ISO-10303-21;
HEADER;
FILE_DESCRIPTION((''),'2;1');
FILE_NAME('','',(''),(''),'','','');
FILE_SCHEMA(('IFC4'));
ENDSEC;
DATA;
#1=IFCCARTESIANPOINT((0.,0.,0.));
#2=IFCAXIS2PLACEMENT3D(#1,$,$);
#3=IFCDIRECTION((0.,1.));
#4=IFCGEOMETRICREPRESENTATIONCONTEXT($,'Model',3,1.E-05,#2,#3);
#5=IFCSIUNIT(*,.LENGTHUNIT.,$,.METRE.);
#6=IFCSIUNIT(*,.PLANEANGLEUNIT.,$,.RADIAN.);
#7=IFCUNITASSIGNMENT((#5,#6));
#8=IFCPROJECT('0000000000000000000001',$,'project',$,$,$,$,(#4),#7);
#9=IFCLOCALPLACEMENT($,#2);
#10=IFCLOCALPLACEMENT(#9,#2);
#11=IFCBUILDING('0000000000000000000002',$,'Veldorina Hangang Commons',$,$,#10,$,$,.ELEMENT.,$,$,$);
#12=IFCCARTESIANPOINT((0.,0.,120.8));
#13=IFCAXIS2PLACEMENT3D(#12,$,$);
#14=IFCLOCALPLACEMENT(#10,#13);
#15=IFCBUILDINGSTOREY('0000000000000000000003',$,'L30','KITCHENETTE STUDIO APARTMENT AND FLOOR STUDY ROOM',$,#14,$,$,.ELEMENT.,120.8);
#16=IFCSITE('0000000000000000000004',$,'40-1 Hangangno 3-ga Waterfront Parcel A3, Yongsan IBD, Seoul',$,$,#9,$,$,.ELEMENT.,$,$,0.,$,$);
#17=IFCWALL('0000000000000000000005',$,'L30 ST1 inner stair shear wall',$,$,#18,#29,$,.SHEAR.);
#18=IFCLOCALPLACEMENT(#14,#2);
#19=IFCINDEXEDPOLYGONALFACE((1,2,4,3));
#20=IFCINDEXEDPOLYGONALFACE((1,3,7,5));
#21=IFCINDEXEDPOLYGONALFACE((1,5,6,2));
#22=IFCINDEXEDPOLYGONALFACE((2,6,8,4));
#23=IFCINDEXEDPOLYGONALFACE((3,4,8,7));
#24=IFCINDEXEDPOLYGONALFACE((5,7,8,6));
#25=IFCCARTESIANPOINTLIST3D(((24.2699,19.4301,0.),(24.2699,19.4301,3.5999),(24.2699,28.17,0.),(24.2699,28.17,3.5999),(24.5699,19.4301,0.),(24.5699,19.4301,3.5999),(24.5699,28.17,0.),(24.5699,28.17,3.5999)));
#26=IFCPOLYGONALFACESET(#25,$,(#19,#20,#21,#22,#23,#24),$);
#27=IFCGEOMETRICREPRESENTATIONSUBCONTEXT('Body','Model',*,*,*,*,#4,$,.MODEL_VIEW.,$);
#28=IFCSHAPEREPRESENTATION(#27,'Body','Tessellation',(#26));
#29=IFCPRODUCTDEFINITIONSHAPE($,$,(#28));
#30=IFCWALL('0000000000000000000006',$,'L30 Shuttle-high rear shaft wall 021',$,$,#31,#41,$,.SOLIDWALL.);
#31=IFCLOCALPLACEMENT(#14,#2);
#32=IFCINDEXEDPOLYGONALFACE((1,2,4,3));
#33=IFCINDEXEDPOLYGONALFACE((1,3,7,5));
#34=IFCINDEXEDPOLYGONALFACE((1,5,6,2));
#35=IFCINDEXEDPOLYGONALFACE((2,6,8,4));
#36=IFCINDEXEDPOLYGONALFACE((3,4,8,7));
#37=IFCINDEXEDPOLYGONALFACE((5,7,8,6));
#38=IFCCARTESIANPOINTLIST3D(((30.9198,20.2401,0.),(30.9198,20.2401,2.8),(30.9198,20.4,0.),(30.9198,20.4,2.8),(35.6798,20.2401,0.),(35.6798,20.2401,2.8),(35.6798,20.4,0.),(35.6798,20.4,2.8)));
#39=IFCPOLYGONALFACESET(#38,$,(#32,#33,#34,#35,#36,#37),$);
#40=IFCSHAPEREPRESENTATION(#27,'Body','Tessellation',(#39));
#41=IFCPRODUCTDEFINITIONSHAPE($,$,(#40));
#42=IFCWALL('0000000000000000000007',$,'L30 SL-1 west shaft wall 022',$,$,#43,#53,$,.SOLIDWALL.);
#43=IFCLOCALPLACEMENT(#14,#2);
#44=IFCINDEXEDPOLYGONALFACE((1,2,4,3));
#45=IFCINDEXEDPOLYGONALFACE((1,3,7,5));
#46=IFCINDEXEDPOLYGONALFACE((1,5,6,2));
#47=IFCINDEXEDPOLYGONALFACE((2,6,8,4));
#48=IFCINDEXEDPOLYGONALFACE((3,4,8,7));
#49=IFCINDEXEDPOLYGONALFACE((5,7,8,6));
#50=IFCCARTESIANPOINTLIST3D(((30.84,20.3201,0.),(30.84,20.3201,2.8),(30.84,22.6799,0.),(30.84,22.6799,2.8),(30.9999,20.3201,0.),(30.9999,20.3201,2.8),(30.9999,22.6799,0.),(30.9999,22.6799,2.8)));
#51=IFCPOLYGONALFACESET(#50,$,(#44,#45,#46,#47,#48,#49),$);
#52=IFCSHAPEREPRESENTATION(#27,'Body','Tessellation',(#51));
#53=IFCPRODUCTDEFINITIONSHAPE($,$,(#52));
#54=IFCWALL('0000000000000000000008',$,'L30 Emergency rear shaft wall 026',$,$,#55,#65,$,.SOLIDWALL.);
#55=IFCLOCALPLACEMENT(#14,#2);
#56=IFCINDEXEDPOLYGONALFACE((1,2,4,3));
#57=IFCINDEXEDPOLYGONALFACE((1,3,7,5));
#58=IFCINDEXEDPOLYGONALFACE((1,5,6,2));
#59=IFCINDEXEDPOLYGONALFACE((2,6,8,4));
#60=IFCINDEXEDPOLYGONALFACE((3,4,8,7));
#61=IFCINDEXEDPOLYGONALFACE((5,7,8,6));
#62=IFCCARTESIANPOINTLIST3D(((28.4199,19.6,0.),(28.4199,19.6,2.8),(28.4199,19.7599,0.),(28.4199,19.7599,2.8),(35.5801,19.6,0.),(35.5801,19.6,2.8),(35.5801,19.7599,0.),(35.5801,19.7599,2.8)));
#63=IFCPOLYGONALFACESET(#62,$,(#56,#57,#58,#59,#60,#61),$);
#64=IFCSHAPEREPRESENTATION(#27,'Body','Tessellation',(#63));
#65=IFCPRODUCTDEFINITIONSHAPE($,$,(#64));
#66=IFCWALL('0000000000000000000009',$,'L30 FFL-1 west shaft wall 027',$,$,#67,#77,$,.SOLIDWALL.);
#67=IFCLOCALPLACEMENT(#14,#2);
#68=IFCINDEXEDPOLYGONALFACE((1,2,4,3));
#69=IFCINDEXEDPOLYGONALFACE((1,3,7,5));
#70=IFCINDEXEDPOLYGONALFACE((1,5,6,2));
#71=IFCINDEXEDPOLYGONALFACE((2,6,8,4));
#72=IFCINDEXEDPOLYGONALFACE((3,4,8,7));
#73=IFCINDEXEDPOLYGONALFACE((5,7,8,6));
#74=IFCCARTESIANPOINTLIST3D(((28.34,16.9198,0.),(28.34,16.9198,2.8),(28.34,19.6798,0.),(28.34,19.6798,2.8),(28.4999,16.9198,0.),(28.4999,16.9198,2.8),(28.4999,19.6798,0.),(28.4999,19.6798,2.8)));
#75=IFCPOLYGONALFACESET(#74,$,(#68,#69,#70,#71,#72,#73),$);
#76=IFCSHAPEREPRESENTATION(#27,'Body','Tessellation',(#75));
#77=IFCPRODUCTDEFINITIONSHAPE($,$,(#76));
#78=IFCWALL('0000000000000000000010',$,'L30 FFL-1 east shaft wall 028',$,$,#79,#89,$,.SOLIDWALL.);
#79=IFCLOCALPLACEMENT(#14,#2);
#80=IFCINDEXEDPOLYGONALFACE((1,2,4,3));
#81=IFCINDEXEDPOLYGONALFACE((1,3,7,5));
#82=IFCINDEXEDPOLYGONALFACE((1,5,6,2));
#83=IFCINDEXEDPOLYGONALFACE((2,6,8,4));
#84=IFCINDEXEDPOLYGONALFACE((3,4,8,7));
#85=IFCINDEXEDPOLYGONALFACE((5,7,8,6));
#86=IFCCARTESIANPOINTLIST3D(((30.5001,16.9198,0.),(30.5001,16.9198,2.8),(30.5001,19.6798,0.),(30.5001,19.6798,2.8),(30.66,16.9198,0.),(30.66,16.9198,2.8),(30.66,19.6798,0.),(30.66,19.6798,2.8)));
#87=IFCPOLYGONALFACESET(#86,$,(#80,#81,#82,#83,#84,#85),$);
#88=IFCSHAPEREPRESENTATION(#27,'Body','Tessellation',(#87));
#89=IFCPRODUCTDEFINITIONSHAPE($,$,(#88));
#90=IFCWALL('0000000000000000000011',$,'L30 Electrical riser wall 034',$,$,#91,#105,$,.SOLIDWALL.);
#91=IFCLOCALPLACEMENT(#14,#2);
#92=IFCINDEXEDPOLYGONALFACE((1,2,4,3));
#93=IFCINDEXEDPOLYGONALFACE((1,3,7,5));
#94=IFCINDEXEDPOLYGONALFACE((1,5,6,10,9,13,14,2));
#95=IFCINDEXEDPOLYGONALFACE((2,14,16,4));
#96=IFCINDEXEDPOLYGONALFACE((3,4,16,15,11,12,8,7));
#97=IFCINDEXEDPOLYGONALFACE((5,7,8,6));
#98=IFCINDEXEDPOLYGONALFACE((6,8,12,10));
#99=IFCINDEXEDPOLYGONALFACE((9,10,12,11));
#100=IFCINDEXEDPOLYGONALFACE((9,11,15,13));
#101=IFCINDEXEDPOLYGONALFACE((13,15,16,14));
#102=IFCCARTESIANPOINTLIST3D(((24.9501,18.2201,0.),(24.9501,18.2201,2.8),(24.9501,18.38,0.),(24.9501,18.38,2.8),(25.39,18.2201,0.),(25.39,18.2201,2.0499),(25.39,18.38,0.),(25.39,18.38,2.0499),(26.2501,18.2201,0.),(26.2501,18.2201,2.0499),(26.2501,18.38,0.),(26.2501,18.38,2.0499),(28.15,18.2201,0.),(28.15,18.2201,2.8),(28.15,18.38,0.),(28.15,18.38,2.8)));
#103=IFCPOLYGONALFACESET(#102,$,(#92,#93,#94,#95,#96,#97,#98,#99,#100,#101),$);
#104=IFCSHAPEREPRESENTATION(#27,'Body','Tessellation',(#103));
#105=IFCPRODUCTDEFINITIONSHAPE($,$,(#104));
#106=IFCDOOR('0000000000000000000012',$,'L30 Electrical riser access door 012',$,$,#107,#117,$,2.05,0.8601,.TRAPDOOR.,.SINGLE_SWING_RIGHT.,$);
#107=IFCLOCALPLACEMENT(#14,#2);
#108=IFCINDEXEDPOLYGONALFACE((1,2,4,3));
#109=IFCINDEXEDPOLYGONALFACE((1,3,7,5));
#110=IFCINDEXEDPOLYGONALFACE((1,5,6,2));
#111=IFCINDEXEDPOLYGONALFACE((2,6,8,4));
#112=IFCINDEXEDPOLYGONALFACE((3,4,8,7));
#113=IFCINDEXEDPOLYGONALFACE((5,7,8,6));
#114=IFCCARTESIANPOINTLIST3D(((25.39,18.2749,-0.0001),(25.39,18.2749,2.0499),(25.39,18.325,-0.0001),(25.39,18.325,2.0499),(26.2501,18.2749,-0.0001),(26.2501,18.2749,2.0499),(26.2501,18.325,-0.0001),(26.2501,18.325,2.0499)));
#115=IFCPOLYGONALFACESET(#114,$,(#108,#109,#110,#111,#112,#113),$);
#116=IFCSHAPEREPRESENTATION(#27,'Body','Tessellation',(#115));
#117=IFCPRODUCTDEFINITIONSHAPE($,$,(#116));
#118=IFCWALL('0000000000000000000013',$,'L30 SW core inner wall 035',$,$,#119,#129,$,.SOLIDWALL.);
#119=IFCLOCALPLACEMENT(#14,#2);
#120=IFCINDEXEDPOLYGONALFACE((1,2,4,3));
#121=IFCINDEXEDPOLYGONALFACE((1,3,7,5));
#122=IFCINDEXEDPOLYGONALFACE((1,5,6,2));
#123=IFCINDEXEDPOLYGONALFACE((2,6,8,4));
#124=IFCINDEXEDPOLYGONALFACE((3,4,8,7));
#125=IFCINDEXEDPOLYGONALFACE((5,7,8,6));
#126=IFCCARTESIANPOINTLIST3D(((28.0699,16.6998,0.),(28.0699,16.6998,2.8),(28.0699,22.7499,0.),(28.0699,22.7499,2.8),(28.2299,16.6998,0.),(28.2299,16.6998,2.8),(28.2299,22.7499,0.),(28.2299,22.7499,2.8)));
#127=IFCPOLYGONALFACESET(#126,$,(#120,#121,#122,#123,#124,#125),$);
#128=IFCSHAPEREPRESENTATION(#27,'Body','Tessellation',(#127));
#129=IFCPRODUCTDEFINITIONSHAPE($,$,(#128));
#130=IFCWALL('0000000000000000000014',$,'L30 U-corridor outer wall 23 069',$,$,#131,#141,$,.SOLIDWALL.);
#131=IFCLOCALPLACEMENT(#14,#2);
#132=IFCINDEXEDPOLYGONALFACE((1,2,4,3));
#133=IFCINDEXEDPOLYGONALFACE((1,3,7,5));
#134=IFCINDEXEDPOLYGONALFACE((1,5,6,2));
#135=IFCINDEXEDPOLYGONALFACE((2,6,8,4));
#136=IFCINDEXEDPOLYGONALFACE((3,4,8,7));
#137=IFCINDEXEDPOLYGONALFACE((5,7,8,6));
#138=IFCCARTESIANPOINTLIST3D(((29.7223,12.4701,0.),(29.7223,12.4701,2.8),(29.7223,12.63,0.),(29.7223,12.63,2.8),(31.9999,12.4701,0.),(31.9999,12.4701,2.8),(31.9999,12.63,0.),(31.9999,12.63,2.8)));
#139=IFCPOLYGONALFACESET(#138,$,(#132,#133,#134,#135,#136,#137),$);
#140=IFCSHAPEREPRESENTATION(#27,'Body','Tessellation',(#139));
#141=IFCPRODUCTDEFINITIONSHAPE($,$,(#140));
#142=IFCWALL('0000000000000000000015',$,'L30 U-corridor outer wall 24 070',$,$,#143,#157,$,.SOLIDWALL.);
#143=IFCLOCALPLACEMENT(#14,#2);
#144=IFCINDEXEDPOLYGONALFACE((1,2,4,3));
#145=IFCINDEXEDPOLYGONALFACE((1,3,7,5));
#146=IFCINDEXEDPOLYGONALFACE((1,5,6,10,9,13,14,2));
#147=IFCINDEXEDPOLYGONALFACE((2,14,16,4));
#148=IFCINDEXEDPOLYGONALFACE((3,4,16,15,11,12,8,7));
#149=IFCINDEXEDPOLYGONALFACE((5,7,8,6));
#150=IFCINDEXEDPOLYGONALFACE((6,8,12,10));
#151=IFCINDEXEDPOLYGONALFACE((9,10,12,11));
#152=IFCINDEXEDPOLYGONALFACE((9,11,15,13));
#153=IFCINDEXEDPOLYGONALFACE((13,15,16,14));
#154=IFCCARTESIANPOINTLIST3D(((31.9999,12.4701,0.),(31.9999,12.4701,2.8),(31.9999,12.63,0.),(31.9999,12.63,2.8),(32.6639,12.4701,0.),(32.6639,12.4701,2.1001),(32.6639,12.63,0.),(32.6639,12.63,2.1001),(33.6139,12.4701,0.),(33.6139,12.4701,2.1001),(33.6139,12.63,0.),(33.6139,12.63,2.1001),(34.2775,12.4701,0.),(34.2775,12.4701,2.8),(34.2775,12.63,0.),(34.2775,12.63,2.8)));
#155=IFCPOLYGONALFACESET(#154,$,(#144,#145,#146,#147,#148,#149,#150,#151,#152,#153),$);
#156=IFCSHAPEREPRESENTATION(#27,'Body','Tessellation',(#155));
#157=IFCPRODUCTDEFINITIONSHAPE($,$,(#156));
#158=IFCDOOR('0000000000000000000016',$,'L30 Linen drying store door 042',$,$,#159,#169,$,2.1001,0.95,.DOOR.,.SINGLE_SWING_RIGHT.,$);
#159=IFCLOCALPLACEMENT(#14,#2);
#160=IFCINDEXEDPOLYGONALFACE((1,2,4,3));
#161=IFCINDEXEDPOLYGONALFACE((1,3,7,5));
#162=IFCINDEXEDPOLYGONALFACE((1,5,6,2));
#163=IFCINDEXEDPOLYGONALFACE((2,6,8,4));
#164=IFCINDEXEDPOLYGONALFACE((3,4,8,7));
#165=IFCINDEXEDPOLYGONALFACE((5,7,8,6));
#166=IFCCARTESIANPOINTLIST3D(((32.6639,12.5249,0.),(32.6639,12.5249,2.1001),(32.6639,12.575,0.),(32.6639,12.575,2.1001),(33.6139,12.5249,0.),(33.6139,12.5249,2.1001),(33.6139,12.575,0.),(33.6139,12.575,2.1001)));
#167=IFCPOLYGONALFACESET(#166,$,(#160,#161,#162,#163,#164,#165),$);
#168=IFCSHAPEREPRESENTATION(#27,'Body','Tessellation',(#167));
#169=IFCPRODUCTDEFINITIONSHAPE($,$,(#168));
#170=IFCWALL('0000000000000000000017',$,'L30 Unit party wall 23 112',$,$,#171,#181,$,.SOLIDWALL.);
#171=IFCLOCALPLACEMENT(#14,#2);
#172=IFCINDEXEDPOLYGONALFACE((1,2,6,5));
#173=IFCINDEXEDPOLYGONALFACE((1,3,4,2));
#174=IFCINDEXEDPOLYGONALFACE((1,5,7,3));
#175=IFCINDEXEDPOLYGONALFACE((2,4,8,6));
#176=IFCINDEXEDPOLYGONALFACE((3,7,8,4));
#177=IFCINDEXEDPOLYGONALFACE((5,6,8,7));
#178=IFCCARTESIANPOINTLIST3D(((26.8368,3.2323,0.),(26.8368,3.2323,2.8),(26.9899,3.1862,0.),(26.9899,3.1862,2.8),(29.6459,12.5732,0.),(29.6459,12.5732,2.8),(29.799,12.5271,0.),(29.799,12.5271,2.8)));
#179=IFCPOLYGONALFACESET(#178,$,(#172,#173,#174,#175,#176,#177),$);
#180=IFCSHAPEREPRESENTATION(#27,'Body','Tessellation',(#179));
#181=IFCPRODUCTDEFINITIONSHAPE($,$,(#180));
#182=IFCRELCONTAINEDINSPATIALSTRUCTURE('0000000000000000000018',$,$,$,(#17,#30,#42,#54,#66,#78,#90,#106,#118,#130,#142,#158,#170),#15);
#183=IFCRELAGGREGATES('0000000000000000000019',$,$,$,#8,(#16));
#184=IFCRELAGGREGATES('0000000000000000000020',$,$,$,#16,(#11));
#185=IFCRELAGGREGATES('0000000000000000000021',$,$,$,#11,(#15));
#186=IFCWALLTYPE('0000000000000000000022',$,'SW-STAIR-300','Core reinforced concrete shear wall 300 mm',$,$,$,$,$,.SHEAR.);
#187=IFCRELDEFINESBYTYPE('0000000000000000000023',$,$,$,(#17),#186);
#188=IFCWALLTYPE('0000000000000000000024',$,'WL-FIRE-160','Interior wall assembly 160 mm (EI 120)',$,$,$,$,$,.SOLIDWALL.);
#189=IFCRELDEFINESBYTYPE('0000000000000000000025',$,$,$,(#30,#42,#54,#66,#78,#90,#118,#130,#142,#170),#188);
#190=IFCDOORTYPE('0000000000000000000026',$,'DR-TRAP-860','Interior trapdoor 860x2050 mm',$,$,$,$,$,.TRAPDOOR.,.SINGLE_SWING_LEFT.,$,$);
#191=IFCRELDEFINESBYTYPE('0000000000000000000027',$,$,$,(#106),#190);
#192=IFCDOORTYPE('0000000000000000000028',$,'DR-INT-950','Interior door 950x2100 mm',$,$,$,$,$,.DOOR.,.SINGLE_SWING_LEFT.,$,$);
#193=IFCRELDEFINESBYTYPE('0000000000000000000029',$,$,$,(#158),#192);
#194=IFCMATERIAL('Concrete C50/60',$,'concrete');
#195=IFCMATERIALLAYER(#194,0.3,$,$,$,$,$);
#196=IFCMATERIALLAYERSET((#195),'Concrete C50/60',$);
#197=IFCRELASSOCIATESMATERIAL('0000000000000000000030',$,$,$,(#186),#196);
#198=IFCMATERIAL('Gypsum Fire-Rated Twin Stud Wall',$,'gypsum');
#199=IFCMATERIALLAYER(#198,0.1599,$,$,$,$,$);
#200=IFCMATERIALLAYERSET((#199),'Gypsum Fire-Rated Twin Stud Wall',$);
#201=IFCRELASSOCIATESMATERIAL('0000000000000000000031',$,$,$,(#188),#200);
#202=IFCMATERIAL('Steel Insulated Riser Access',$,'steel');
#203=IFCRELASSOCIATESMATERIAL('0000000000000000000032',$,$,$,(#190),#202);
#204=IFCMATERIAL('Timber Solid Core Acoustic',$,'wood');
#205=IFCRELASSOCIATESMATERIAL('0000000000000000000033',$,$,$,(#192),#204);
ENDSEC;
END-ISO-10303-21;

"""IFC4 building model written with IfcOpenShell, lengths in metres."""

from ifc_helpers import new_model, si_unit, direction, frame, frame_2d, origin, place, context, subcontext, project, spatial, rectangle, extrude, material, layer, layer_set, type_object, element, fill, save


model = new_model("IFC4")

# Units and contexts
model_context = context("Model", 3, precision=1e-05, world=origin(), true_north=direction((0.0, 1.0)))
body_context = subcontext(model_context, "Body", "Model", "MODEL_VIEW")
ifc_project = project(units=[si_unit("LENGTHUNIT", "METRE"), si_unit("PLANEANGLEUNIT", "RADIAN")], contexts=[model_context])

# Site, building, storey
site_placement = place(None, origin())
site = spatial("IfcSite", under=ifc_project, at=site_placement, Name="40-1 Hangangno 3-ga Waterfront Parcel A3, Yongsan IBD, Seoul", CompositionType="ELEMENT", RefElevation=0.0)
building_placement = place(site_placement, origin())
building = spatial("IfcBuilding", under=site, at=building_placement, Name="Veldorina Hangang Commons", CompositionType="ELEMENT")
storey_placement = place(building_placement, frame((0.0, 0.0, 120.8)))
storey = spatial("IfcBuildingStorey", under=building, at=storey_placement, Name="L30", Description="KITCHENETTE STUDIO APARTMENT AND FLOOR STUDY ROOM", CompositionType="ELEMENT", Elevation=120.8)

# Walls
ifc_material_1 = material(Name="Concrete C50/60", Category="concrete")
ifc_layer_1 = layer(ifc_material_1, 0.3)
ifc_layer_set_1 = layer_set([ifc_layer_1], Name="Concrete C50/60")
wall_type_1 = type_object("IfcWallType", Name="SW-STAIR-300", Description="Core reinforced concrete shear wall 300 mm", PredefinedType="SHEAR", material=ifc_layer_set_1)
wall_1_placement = place(storey_placement, frame((24.4199, 19.4299, 0.0), z_axis=(0.0, 0.0, 1.0), x_axis=(0.0, 1.0, 0.0)))
element("IfcWall", 1, at=wall_1_placement, inside=storey, type_object=wall_type_1, Name="L30 ST1 inner stair shear wall", PredefinedType="SHEAR", context=body_context, shape_type="SweptSolid", body=[
    extrude(rectangle(XDim=8.74, YDim=0.3, at=frame_2d((4.3701, 0.0))), origin(), (0.0, 0.0, 1.0), 3.5999),
])
ifc_material_2 = material(Name="Gypsum Fire-Rated Twin Stud Wall", Category="gypsum")
ifc_layer_2 = layer(ifc_material_2, 0.1599)
ifc_layer_set_2 = layer_set([ifc_layer_2], Name="Gypsum Fire-Rated Twin Stud Wall")
wall_type_2 = type_object("IfcWallType", Name="WL-FIRE-160", Description="Interior wall assembly 160 mm (EI 120)", PredefinedType="SOLIDWALL", material=ifc_layer_set_2)
wall_2_placement = place(storey_placement, frame((30.9199, 20.3201, 0.0), z_axis=(0.0, 0.0, 1.0), x_axis=(1.0, 0.0, 0.0)))
element("IfcWall", 2, at=wall_2_placement, inside=storey, type_object=wall_type_2, Name="L30 Shuttle-high rear shaft wall 021", PredefinedType="SOLIDWALL", context=body_context, shape_type="SweptSolid", body=[
    extrude(rectangle(XDim=4.76, YDim=0.1599, at=frame_2d((2.3799, 0.0))), origin(), (0.0, 0.0, 1.0), 2.8),
])
wall_3_placement = place(storey_placement, frame((30.9199, 20.3201, 0.0), z_axis=(0.0, 0.0, 1.0), x_axis=(0.0, 1.0, 0.0)))
element("IfcWall", 3, at=wall_3_placement, inside=storey, type_object=wall_type_2, Name="L30 SL-1 west shaft wall 022", PredefinedType="SOLIDWALL", context=body_context, shape_type="SweptSolid", body=[
    extrude(rectangle(XDim=2.3599, YDim=0.1599, at=frame_2d((1.1799, 0.0))), origin(), (0.0, 0.0, 1.0), 2.8),
])

# Walls
wall_4_placement = place(storey_placement, frame((28.4199, 19.6799, 0.0), z_axis=(0.0, 0.0, 1.0), x_axis=(1.0, 0.0, 0.0)))
element("IfcWall", 4, at=wall_4_placement, inside=storey, type_object=wall_type_2, Name="L30 Emergency rear shaft wall 026", PredefinedType="SOLIDWALL", context=body_context, shape_type="SweptSolid", body=[
    extrude(rectangle(XDim=7.1602, YDim=0.1599, at=frame_2d((3.5801, 0.0))), origin(), (0.0, 0.0, 1.0), 2.8),
])
for number, where, z_axis, x_axis, name in (
    (5, (28.4199, 16.9199, 0.0), (0.0, 0.0, 1.0), (0.0, 1.0, 0.0), "L30 FFL-1 west shaft wall 027"),
    (6, (30.5801, 16.9199, 0.0), (0.0, 0.0, 1.0), (0.0, 1.0, 0.0), "L30 FFL-1 east shaft wall 028"),
):
    element("IfcWall", number, at=place(storey_placement, frame(where, z_axis=z_axis, x_axis=x_axis)), inside=storey, type_object=wall_type_2, Name=name, PredefinedType="SOLIDWALL", context=body_context, shape_type="SweptSolid", body=[
        extrude(rectangle(XDim=2.76, YDim=0.1599, at=frame_2d((1.3799, 0.0))), origin(), (0.0, 0.0, 1.0), 2.8),
    ])

# Wall, opening, door
wall_5_placement = place(storey_placement, frame((24.95, 18.3, 0.0), z_axis=(0.0, 0.0, 1.0), x_axis=(1.0, 0.0, 0.0)))
wall_5 = element("IfcWall", 7, at=wall_5_placement, inside=storey, type_object=wall_type_2, Name="L30 Electrical riser wall 034", PredefinedType="SOLIDWALL", context=body_context, shape_type="SweptSolid", body=[
    extrude(rectangle(XDim=3.2, YDim=0.1599, at=frame_2d((1.6001, 0.0))), origin(), (0.0, 0.0, 1.0), 2.8),
])
opening_1_placement = place(wall_5_placement, frame((0.4399, 0.0, 0.0)))
opening_1 = element("IfcOpeningElement", 8, at=opening_1_placement, cuts=wall_5, PredefinedType="OPENING", context=body_context, shape_type="SweptSolid", body=[
    extrude(rectangle(XDim=0.8601, YDim=2.05, at=frame_2d((0.4302, 1.0249))), frame((0.0, 0.0898, 0.0), z_axis=(0.0, -1.0, 0.0), x_axis=(1.0, 0.0, 0.0)), (0.0, 0.0, 1.0), 0.1799),
])
ifc_material_3 = material(Name="Steel Insulated Riser Access", Category="steel")
door_type_1 = type_object("IfcDoorType", Name="DR-TRAP-860", Description="Interior trapdoor 860x2050 mm", OperationType="SINGLE_SWING_LEFT", PredefinedType="TRAPDOOR", material=ifc_material_3)
door_1_placement = place(opening_1_placement, origin())
door_1 = element("IfcDoor", 9, at=door_1_placement, inside=storey, type_object=door_type_1, Name="L30 Electrical riser access door 012", OperationType="SINGLE_SWING_RIGHT", OverallHeight=2.05, OverallWidth=0.8601, PredefinedType="TRAPDOOR", context=body_context, shape_type="SweptSolid", body=[
    extrude(rectangle(XDim=0.8601, YDim=2.05, at=frame_2d((0.4302, 1.0249))), frame((0.0, 0.0249, 0.0), z_axis=(0.0, -1.0, 0.0), x_axis=(1.0, 0.0, 0.0)), (0.0, 0.0, 1.0), 0.05),
])
fill(opening_1, door_1)

# Walls
wall_6_placement = place(storey_placement, frame((28.1499, 16.7, 0.0), z_axis=(0.0, 0.0, 1.0), x_axis=(0.0, 1.0, 0.0)))
element("IfcWall", 10, at=wall_6_placement, inside=storey, type_object=wall_type_2, Name="L30 SW core inner wall 035", PredefinedType="SOLIDWALL", context=body_context, shape_type="SweptSolid", body=[
    extrude(rectangle(XDim=6.05, YDim=0.1599, at=frame_2d((3.0249, 0.0))), origin(), (0.0, 0.0, 1.0), 2.8),
])
wall_7_placement = place(storey_placement, frame((29.7224, 12.55, 0.0), z_axis=(0.0, 0.0, 1.0), x_axis=(1.0, 0.0, 0.0)))
element("IfcWall", 11, at=wall_7_placement, inside=storey, type_object=wall_type_2, Name="L30 U-corridor outer wall 23 069", PredefinedType="SOLIDWALL", context=body_context, shape_type="SweptSolid", body=[
    extrude(rectangle(XDim=2.2776, YDim=0.1599, at=frame_2d((1.1387, 0.0))), origin(), (0.0, 0.0, 1.0), 2.8),
])

# Wall, opening, door
wall_8_placement = place(storey_placement, frame((32.0, 12.55, 0.0), z_axis=(0.0, 0.0, 1.0), x_axis=(1.0, 0.0, 0.0)))
wall_8 = element("IfcWall", 12, at=wall_8_placement, inside=storey, type_object=wall_type_2, Name="L30 U-corridor outer wall 24 070", PredefinedType="SOLIDWALL", context=body_context, shape_type="SweptSolid", body=[
    extrude(rectangle(XDim=2.2776, YDim=0.1599, at=frame_2d((1.1387, 0.0))), origin(), (0.0, 0.0, 1.0), 2.8),
])
opening_2_placement = place(wall_8_placement, frame((0.6638, 0.0, 0.0)))
opening_2 = element("IfcOpeningElement", 13, at=opening_2_placement, cuts=wall_8, PredefinedType="OPENING", context=body_context, shape_type="SweptSolid", body=[
    extrude(rectangle(XDim=0.95, YDim=2.1001, at=frame_2d((0.4751, 1.05))), frame((0.0, 0.0898, 0.0), z_axis=(0.0, -1.0, 0.0), x_axis=(1.0, 0.0, 0.0)), (0.0, 0.0, 1.0), 0.1799),
])
ifc_material_4 = material(Name="Timber Solid Core Acoustic", Category="wood")
door_type_2 = type_object("IfcDoorType", Name="DR-INT-950", Description="Interior door 950x2100 mm", OperationType="SINGLE_SWING_LEFT", PredefinedType="DOOR", material=ifc_material_4)
door_2_placement = place(opening_2_placement, origin())
door_2 = element("IfcDoor", 14, at=door_2_placement, inside=storey, type_object=door_type_2, Name="L30 Linen drying store door 042", OperationType="SINGLE_SWING_RIGHT", OverallHeight=2.1001, OverallWidth=0.95, PredefinedType="DOOR", context=body_context, shape_type="SweptSolid", body=[
    extrude(rectangle(XDim=0.95, YDim=2.1001, at=frame_2d((0.4751, 1.05))), frame((0.0, 0.0249, 0.0), z_axis=(0.0, -1.0, 0.0), x_axis=(1.0, 0.0, 0.0)), (0.0, 0.0, 1.0), 0.05),
])
fill(opening_2, door_2)

# Wall
wall_9_placement = place(storey_placement, frame((29.7224, 12.55, 0.0), z_axis=(0.0, 0.0, 1.0), x_axis=(-0.287991, -0.957633, 0.0)))
element("IfcWall", 15, at=wall_9_placement, inside=storey, type_object=wall_type_2, Name="L30 Unit party wall 23 112", PredefinedType="SOLIDWALL", context=body_context, shape_type="SweptSolid", body=[
    extrude(rectangle(XDim=9.7542, YDim=0.1599, at=frame_2d((4.877, 0.0))), origin(), (0.0, 0.0, 1.0), 2.8),
])

save(model, "model.ifc")
